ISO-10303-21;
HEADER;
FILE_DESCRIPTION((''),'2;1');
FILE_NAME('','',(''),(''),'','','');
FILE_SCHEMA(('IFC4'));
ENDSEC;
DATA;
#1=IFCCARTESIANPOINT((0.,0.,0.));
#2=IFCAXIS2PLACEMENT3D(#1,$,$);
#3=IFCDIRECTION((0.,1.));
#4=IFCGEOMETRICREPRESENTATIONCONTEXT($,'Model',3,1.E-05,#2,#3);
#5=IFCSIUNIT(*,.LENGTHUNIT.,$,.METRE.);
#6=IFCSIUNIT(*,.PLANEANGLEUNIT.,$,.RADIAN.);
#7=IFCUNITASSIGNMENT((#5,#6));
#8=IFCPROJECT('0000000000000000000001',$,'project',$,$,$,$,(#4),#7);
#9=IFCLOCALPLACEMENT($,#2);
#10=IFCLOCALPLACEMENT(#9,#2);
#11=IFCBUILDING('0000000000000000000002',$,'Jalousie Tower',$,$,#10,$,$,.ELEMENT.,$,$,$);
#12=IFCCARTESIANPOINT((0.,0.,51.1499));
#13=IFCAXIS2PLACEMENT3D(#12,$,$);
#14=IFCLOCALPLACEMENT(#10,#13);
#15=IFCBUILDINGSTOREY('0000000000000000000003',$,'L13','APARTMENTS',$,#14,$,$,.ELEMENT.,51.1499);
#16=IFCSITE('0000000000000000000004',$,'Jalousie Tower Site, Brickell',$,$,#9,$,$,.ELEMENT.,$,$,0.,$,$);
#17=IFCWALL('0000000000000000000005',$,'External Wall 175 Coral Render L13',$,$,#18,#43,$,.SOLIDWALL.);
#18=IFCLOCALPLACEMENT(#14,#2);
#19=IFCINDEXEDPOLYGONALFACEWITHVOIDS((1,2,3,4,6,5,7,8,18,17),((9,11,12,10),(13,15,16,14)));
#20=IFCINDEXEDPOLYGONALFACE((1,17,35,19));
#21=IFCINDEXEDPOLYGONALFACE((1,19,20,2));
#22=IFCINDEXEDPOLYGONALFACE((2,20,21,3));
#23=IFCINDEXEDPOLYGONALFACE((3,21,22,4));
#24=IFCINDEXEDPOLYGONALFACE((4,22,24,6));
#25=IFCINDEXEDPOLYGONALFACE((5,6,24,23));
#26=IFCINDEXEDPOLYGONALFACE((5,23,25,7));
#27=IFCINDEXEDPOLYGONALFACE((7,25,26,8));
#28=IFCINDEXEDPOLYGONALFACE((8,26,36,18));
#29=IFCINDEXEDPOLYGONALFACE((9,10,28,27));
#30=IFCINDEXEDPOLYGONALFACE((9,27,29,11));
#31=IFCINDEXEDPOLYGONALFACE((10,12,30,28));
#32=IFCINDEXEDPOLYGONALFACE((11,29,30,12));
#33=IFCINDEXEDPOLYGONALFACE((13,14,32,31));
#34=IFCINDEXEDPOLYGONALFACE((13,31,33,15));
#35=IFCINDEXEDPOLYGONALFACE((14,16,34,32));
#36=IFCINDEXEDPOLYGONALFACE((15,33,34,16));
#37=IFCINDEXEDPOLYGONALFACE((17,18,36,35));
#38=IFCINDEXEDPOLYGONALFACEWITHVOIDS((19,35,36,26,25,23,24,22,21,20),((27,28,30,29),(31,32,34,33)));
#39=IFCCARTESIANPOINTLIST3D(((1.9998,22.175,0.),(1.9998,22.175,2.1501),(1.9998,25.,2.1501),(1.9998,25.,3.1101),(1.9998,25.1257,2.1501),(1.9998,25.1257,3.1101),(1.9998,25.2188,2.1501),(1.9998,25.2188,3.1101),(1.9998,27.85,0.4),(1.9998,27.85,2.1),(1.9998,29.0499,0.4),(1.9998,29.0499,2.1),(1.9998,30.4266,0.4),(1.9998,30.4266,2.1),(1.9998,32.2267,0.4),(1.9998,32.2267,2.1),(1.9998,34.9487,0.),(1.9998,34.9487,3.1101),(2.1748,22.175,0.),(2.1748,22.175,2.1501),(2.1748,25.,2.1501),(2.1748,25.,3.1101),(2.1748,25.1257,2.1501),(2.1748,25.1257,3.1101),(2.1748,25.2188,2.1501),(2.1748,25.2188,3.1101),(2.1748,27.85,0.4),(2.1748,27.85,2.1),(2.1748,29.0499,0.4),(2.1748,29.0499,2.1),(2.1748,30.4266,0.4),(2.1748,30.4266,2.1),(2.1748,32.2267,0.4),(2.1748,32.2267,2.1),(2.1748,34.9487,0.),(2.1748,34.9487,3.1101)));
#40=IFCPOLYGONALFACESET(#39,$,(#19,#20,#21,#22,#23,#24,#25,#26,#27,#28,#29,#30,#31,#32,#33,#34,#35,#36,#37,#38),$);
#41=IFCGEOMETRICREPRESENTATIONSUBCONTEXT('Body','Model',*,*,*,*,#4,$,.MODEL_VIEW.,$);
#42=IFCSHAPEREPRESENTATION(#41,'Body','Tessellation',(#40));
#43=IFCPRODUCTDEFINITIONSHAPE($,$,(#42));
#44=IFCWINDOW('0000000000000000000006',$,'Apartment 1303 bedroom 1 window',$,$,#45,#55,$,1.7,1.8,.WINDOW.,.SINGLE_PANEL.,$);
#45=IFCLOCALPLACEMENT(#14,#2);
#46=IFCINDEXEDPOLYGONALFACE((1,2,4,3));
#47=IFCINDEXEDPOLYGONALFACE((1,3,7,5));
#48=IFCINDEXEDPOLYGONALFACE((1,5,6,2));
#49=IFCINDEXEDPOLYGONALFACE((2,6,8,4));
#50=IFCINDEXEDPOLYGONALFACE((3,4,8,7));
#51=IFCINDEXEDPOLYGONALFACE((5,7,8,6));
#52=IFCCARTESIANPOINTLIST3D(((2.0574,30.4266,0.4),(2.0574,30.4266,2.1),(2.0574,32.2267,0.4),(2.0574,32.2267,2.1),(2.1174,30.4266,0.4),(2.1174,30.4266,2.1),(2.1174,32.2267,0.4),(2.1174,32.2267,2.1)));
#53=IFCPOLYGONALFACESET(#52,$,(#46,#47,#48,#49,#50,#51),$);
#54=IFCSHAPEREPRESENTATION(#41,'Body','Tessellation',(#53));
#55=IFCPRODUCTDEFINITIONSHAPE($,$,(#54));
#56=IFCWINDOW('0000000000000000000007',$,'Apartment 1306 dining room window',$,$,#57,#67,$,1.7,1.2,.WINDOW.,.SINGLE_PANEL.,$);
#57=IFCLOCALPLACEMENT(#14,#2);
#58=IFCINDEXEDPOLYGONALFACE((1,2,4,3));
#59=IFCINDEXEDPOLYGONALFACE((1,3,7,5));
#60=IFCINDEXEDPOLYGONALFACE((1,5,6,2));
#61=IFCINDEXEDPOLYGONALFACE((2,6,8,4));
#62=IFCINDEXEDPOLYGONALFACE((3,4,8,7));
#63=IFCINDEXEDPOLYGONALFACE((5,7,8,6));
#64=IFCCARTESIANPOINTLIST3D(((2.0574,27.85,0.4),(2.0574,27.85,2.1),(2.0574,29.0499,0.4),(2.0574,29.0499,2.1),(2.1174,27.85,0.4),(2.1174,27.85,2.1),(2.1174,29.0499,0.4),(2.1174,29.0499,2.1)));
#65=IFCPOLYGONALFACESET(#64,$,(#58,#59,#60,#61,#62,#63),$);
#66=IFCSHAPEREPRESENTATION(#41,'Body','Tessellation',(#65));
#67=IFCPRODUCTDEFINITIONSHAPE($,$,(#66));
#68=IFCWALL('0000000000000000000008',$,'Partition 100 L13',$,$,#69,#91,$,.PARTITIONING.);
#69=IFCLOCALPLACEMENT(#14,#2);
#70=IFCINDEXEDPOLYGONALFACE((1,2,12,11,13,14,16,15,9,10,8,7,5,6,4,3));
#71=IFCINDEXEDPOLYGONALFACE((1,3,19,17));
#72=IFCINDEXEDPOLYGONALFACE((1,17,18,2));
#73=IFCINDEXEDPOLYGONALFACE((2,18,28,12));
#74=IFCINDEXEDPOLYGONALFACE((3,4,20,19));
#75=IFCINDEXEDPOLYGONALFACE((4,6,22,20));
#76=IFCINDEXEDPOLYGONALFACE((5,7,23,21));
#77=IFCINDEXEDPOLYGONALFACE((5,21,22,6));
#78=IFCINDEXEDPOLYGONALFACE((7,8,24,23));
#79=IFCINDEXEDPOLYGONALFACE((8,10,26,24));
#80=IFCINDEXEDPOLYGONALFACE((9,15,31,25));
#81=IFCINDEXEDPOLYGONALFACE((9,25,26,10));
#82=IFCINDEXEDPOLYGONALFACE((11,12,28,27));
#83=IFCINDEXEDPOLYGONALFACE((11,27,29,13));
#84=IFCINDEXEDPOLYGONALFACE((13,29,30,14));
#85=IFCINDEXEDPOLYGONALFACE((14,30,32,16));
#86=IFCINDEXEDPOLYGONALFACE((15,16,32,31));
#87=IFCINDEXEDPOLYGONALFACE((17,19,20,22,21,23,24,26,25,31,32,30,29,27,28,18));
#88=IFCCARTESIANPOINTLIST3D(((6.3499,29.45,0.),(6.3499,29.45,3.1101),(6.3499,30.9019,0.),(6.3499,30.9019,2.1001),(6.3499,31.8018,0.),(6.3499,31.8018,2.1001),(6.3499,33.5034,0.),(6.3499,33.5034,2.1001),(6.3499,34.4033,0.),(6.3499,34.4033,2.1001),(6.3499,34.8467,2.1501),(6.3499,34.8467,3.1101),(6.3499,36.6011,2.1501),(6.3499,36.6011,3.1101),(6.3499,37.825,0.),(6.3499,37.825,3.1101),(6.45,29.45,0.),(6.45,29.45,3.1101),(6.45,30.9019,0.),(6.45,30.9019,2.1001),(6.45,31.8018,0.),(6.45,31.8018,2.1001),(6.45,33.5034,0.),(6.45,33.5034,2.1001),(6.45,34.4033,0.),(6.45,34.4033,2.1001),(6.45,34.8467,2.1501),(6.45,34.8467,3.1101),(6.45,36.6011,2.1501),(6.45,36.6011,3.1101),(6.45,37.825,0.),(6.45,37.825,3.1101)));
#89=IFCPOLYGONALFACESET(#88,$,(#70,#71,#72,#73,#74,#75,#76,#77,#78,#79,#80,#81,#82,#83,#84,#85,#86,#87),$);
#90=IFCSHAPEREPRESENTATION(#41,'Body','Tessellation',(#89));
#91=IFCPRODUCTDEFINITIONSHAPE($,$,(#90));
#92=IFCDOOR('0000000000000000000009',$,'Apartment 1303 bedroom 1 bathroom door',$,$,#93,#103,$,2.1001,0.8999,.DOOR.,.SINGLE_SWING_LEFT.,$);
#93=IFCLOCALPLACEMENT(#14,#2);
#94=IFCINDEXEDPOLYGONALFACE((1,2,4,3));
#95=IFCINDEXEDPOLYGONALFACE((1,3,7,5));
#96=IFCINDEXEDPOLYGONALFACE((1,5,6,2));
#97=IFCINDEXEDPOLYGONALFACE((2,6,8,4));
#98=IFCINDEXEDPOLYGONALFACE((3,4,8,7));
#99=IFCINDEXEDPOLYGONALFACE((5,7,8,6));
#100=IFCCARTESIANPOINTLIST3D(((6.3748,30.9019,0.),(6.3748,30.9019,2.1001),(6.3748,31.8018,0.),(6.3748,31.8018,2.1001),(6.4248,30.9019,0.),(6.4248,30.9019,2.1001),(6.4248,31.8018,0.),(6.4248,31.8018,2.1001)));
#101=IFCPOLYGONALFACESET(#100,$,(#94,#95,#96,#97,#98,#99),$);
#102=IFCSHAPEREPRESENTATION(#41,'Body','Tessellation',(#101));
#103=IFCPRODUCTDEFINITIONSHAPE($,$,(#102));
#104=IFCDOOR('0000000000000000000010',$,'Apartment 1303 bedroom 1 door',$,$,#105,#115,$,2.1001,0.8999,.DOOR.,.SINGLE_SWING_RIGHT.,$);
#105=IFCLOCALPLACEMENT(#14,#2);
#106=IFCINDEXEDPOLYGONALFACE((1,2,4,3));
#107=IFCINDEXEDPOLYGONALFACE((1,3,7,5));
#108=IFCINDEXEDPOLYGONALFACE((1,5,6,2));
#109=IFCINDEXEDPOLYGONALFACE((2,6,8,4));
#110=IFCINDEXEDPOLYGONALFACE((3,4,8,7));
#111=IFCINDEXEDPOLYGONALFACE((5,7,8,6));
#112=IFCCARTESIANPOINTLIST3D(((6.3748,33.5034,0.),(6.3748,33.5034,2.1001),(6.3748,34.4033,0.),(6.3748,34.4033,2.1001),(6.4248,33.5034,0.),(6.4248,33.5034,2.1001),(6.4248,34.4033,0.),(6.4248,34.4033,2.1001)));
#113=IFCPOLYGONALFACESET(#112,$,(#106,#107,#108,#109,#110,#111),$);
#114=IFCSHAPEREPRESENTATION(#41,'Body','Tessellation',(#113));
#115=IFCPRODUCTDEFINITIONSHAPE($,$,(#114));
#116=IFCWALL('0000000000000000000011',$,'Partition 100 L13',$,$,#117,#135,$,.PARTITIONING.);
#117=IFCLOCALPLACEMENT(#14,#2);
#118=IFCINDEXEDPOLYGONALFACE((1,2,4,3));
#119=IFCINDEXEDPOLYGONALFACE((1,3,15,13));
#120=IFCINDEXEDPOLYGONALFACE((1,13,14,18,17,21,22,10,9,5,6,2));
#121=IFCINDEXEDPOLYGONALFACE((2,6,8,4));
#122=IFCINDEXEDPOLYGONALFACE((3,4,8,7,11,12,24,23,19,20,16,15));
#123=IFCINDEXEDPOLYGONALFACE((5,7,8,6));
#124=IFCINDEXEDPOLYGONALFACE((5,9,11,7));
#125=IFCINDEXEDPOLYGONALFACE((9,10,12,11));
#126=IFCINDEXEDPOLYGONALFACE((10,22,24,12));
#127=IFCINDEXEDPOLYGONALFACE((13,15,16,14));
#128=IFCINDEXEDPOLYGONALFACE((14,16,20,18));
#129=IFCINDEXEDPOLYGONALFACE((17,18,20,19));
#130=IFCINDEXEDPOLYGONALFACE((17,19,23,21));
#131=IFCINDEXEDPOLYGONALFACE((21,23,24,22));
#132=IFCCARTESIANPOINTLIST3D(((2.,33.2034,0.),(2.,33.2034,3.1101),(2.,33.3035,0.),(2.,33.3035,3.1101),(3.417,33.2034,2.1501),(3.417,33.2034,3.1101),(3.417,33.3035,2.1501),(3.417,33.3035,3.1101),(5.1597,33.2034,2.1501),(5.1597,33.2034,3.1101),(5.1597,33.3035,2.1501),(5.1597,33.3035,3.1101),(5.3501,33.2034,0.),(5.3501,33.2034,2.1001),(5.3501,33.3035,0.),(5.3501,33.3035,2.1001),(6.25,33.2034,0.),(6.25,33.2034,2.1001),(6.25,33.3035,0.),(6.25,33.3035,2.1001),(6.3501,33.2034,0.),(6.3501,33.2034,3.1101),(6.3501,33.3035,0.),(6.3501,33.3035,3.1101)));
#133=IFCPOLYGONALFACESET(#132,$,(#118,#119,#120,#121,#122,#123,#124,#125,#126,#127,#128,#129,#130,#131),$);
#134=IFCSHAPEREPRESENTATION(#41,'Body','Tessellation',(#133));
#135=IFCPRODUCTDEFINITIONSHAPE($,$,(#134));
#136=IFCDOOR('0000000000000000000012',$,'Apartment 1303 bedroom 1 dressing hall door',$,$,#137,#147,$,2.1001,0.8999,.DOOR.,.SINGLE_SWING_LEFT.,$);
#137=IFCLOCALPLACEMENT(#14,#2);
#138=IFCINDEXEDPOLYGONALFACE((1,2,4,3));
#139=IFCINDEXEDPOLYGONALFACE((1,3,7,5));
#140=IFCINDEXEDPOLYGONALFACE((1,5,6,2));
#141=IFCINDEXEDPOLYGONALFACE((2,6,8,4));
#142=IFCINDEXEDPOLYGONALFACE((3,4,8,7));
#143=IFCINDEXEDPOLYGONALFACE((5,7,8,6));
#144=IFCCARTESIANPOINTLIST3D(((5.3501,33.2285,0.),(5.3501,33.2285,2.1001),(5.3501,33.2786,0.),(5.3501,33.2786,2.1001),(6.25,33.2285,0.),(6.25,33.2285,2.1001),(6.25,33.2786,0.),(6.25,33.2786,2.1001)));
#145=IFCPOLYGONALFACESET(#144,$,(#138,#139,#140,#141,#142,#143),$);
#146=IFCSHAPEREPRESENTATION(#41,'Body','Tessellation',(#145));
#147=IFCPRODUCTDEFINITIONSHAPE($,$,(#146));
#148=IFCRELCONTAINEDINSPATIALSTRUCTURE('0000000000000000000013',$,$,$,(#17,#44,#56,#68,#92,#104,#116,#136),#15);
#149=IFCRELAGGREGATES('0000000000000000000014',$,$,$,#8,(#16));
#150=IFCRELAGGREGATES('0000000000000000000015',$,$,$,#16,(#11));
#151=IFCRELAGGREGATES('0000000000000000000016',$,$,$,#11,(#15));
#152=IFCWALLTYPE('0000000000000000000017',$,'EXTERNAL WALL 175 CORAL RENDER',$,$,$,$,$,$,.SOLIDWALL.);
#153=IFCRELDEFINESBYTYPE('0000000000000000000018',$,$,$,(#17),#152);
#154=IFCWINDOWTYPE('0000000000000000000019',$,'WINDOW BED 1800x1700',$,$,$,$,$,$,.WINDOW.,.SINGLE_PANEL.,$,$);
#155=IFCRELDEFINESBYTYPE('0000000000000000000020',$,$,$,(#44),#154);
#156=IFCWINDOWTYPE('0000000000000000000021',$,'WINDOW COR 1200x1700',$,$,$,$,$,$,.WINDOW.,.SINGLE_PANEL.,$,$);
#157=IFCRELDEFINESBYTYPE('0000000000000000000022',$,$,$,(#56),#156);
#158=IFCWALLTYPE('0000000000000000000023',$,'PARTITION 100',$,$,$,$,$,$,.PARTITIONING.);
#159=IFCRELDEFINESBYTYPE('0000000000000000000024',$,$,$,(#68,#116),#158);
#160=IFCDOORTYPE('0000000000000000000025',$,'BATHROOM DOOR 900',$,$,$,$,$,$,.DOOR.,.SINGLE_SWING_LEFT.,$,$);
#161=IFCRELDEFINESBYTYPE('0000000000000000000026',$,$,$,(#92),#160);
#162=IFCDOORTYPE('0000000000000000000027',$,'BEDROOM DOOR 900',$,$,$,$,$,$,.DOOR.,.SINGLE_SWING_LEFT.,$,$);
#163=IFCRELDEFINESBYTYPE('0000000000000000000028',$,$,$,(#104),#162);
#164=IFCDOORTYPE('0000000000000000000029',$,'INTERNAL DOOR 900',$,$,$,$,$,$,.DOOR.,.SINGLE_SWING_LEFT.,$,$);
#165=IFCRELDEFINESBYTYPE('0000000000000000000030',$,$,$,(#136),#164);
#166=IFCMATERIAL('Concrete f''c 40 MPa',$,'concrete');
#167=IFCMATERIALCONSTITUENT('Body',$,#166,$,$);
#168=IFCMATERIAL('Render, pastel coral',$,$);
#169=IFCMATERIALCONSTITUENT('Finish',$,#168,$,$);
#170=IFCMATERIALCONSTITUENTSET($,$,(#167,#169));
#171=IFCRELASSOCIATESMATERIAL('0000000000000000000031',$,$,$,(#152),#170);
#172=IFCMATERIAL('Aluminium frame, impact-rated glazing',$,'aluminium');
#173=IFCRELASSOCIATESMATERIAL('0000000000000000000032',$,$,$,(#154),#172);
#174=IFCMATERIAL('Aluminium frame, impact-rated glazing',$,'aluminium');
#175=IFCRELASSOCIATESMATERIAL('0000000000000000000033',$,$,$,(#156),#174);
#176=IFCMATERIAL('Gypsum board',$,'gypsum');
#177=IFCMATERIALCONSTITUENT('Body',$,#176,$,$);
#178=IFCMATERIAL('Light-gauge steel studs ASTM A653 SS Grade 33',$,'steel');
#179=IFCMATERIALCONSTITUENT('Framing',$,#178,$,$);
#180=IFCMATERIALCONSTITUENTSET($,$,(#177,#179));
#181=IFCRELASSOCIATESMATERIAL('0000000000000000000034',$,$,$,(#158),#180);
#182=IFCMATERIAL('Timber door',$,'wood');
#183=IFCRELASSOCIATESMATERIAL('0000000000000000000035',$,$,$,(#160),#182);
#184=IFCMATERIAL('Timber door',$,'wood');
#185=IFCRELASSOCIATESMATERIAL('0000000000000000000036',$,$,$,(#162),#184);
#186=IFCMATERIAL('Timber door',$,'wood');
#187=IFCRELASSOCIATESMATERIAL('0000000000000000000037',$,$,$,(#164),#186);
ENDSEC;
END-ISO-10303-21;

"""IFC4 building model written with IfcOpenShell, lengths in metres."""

from ifc_helpers import new_model, si_unit, direction, frame, frame_2d, origin, place, context, subcontext, project, spatial, polyline, rectangle, outline, extrude, material, constituent, constituent_set, type_object, element, fill, save


model = new_model("IFC4")

# Units and contexts
model_context = context("Model", 3, precision=1e-05, world=origin(), true_north=direction((0.0, 1.0)))
body_context = subcontext(model_context, "Body", "Model", "MODEL_VIEW")
ifc_project = project(units=[si_unit("LENGTHUNIT", "METRE"), si_unit("PLANEANGLEUNIT", "RADIAN")], contexts=[model_context])

# Site, building, storey
site_placement = place(None, origin())
site = spatial("IfcSite", under=ifc_project, at=site_placement, Name="Jalousie Tower Site, Brickell", CompositionType="ELEMENT", RefElevation=0.0)
building_placement = place(site_placement, origin())
building = spatial("IfcBuilding", under=site, at=building_placement, Name="Jalousie Tower", CompositionType="ELEMENT")
storey_placement = place(building_placement, frame((0.0, 0.0, 51.1499)))
storey = spatial("IfcBuildingStorey", under=building, at=storey_placement, Name="L13", Description="APARTMENTS", CompositionType="ELEMENT", Elevation=51.1499)

# Wall, openings, windows
ifc_material_1 = material(Name="Concrete f'c 40 MPa", Category="concrete")
ifc_constituent_1 = constituent(ifc_material_1, Name="Body")
ifc_material_2 = material(Name="Render, pastel coral")
ifc_constituent_2 = constituent(ifc_material_2, Name="Finish")
ifc_constituent_set_1 = constituent_set(constituents=[ifc_constituent_1, ifc_constituent_2])
wall_type_1 = type_object("IfcWallType", Name="EXTERNAL WALL 175 CORAL RENDER", PredefinedType="SOLIDWALL", material=ifc_constituent_set_1)
wall_1_placement = place(storey_placement, frame((2.0874, 34.9487, 0.0), z_axis=(0.0, 0.0, 1.0), x_axis=(0.0, -1.0, 0.0)))
wall_1 = element("IfcWall", 1, at=wall_1_placement, inside=storey, type_object=wall_type_1, Name="External Wall 175 Coral Render L13", PredefinedType="SOLIDWALL", context=body_context, shape_type="SweptSolid", body=[
    extrude(outline(polyline([(0.0, 0.0), (12.7737, 0.0), (12.7737, 2.1501), (9.9487, 2.1501), (9.9487, 3.1101), (9.823, 3.1101), (9.823, 2.1501), (9.73, 2.1501), (9.73, 3.1101), (0.0, 3.1101), (0.0, 0.0)])), frame((0.0, 0.0874, 0.0), z_axis=(0.0, -1.0, 0.0), x_axis=(1.0, 0.0, 0.0)), (0.0, 0.0, 1.0), 0.175),
])
opening_1_placement = place(wall_1_placement, frame((2.7222, 0.0, 0.3999)))
opening_1 = element("IfcOpeningElement", 2, at=opening_1_placement, cuts=wall_1, PredefinedType="OPENING", context=body_context, shape_type="SweptSolid", body=[
    extrude(rectangle(XDim=1.8, YDim=1.7, at=frame_2d((0.8999, 0.8501))), frame((0.0, 0.0974, 0.0), z_axis=(0.0, -1.0, 0.0), x_axis=(1.0, 0.0, 0.0)), (0.0, 0.0, 1.0), 0.1951),
])
opening_2_placement = place(wall_1_placement, frame((5.8987, 0.0, 0.3999)))
opening_2 = element("IfcOpeningElement", 3, at=opening_2_placement, cuts=wall_1, PredefinedType="OPENING", context=body_context, shape_type="SweptSolid", body=[
    extrude(rectangle(XDim=1.2, YDim=1.7, at=frame_2d((0.6001, 0.8501))), frame((0.0, 0.0974, 0.0), z_axis=(0.0, -1.0, 0.0), x_axis=(1.0, 0.0, 0.0)), (0.0, 0.0, 1.0), 0.1951),
])
ifc_material_3 = material(Name="Aluminium frame, impact-rated glazing", Category="aluminium")
window_type_1 = type_object("IfcWindowType", Name="WINDOW BED 1800x1700", PartitioningType="SINGLE_PANEL", PredefinedType="WINDOW", material=ifc_material_3)
window_1_placement = place(opening_1_placement, origin())
window_1 = element("IfcWindow", 4, at=window_1_placement, inside=storey, type_object=window_type_1, Name="Apartment 1303 bedroom 1 window", OverallHeight=1.7, OverallWidth=1.8, PartitioningType="SINGLE_PANEL", PredefinedType="WINDOW", context=body_context, shape_type="SweptSolid", body=[
    extrude(rectangle(XDim=1.8, YDim=1.7, at=frame_2d((0.8999, 0.8501))), frame((0.0, 0.03, 0.0), z_axis=(0.0, -1.0, 0.0), x_axis=(1.0, 0.0, 0.0)), (0.0, 0.0, 1.0), 0.0601),
])
fill(opening_1, window_1)
ifc_material_4 = material(Name="Aluminium frame, impact-rated glazing", Category="aluminium")
window_type_2 = type_object("IfcWindowType", Name="WINDOW COR 1200x1700", PartitioningType="SINGLE_PANEL", PredefinedType="WINDOW", material=ifc_material_4)
window_2_placement = place(opening_2_placement, origin())
window_2 = element("IfcWindow", 5, at=window_2_placement, inside=storey, type_object=window_type_2, Name="Apartment 1306 dining room window", OverallHeight=1.7, OverallWidth=1.2, PartitioningType="SINGLE_PANEL", PredefinedType="WINDOW", context=body_context, shape_type="SweptSolid", body=[
    extrude(rectangle(XDim=1.2, YDim=1.7, at=frame_2d((0.6001, 0.8501))), frame((0.0, 0.03, 0.0), z_axis=(0.0, -1.0, 0.0), x_axis=(1.0, 0.0, 0.0)), (0.0, 0.0, 1.0), 0.0601),
])
fill(opening_2, window_2)

# Wall, openings, doors
ifc_material_5 = material(Name="Gypsum board", Category="gypsum")
ifc_constituent_3 = constituent(ifc_material_5, Name="Body")
ifc_material_6 = material(Name="Light-gauge steel studs ASTM A653 SS Grade 33", Category="steel")
ifc_constituent_4 = constituent(ifc_material_6, Name="Framing")
ifc_constituent_set_2 = constituent_set(constituents=[ifc_constituent_3, ifc_constituent_4])
wall_type_2 = type_object("IfcWallType", Name="PARTITION 100", PredefinedType="PARTITIONING", material=ifc_constituent_set_2)
wall_2_placement = place(storey_placement, frame((6.3999, 37.825, 0.0), z_axis=(0.0, 0.0, 1.0), x_axis=(0.0, -1.0, 0.0)))
wall_2 = element("IfcWall", 6, at=wall_2_placement, inside=storey, type_object=wall_type_2, Name="Partition 100 L13", PredefinedType="PARTITIONING", context=body_context, shape_type="SweptSolid", body=[
    extrude(outline(polyline([(0.0, 0.0), (8.375, 0.0), (8.375, 3.1101), (2.9783, 3.1101), (2.9783, 2.1501), (1.2239, 2.1501), (1.2239, 3.1101), (0.0, 3.1101), (0.0, 0.0)])), frame((0.0, 0.05, 0.0), z_axis=(0.0, -1.0, 0.0), x_axis=(1.0, 0.0, 0.0)), (0.0, 0.0, 1.0), 0.1001),
])
opening_3_placement = place(wall_2_placement, frame((3.4216, 0.0, 0.0)))
opening_3 = element("IfcOpeningElement", 7, at=opening_3_placement, cuts=wall_2, PredefinedType="OPENING", context=body_context, shape_type="SweptSolid", body=[
    extrude(rectangle(XDim=0.8999, YDim=2.1001, at=frame_2d((0.45, 1.05))), frame((0.0, 0.0601, 0.0), z_axis=(0.0, -1.0, 0.0), x_axis=(1.0, 0.0, 0.0)), (0.0, 0.0, 1.0), 0.1201),
])
opening_4_placement = place(wall_2_placement, frame((6.0232, 0.0, 0.0)))
opening_4 = element("IfcOpeningElement", 8, at=opening_4_placement, cuts=wall_2, PredefinedType="OPENING", context=body_context, shape_type="SweptSolid", body=[
    extrude(rectangle(XDim=0.8999, YDim=2.1001, at=frame_2d((0.45, 1.05))), frame((0.0, 0.0601, 0.0), z_axis=(0.0, -1.0, 0.0), x_axis=(1.0, 0.0, 0.0)), (0.0, 0.0, 1.0), 0.1201),
])
ifc_material_7 = material(Name="Timber door", Category="wood")
door_type_1 = type_object("IfcDoorType", Name="BATHROOM DOOR 900", OperationType="SINGLE_SWING_LEFT", PredefinedType="DOOR", material=ifc_material_7)
door_1_placement = place(opening_4_placement, origin())
door_1 = element("IfcDoor", 9, at=door_1_placement, inside=storey, type_object=door_type_1, Name="Apartment 1303 bedroom 1 bathroom door", OperationType="SINGLE_SWING_LEFT", OverallHeight=2.1001, OverallWidth=0.8999, PredefinedType="DOOR", context=body_context, shape_type="SweptSolid", body=[
    extrude(rectangle(XDim=0.8999, YDim=2.1001, at=frame_2d((0.45, 1.05))), frame((0.0, 0.0249, 0.0), z_axis=(0.0, -1.0, 0.0), x_axis=(1.0, 0.0, 0.0)), (0.0, 0.0, 1.0), 0.05),
])
fill(opening_4, door_1)
ifc_material_8 = material(Name="Timber door", Category="wood")
door_type_2 = type_object("IfcDoorType", Name="BEDROOM DOOR 900", OperationType="SINGLE_SWING_LEFT", PredefinedType="DOOR", material=ifc_material_8)
door_2_placement = place(opening_3_placement, origin())
door_2 = element("IfcDoor", 10, at=door_2_placement, inside=storey, type_object=door_type_2, Name="Apartment 1303 bedroom 1 door", OperationType="SINGLE_SWING_RIGHT", OverallHeight=2.1001, OverallWidth=0.8999, PredefinedType="DOOR", context=body_context, shape_type="SweptSolid", body=[
    extrude(rectangle(XDim=0.8999, YDim=2.1001, at=frame_2d((0.45, 1.05))), frame((0.0, 0.0249, 0.0), z_axis=(0.0, -1.0, 0.0), x_axis=(1.0, 0.0, 0.0)), (0.0, 0.0, 1.0), 0.05),
])
fill(opening_3, door_2)

# Wall, opening, door
wall_3_placement = place(storey_placement, frame((2.0, 33.2534, 0.0), z_axis=(0.0, 0.0, 1.0), x_axis=(1.0, 0.0, 0.0)))
wall_3 = element("IfcWall", 11, at=wall_3_placement, inside=storey, type_object=wall_type_2, Name="Partition 100 L13", PredefinedType="PARTITIONING", context=body_context, shape_type="SweptSolid", body=[
    extrude(outline(polyline([(0.0, 0.0), (4.3501, 0.0), (4.3501, 3.1101), (3.1597, 3.1101), (3.1597, 2.1501), (1.417, 2.1501), (1.417, 3.1101), (0.0, 3.1101), (0.0, 0.0)])), frame((0.0, 0.05, 0.0), z_axis=(0.0, -1.0, 0.0), x_axis=(1.0, 0.0, 0.0)), (0.0, 0.0, 1.0), 0.1001),
])
opening_5_placement = place(wall_3_placement, frame((3.3501, 0.0, 0.0)))
opening_5 = element("IfcOpeningElement", 12, at=opening_5_placement, cuts=wall_3, PredefinedType="OPENING", context=body_context, shape_type="SweptSolid", body=[
    extrude(rectangle(XDim=0.8999, YDim=2.1001, at=frame_2d((0.45, 1.05))), frame((0.0, 0.0601, 0.0), z_axis=(0.0, -1.0, 0.0), x_axis=(1.0, 0.0, 0.0)), (0.0, 0.0, 1.0), 0.1201),
])
ifc_material_9 = material(Name="Timber door", Category="wood")
door_type_3 = type_object("IfcDoorType", Name="INTERNAL DOOR 900", OperationType="SINGLE_SWING_LEFT", PredefinedType="DOOR", material=ifc_material_9)
door_3_placement = place(opening_5_placement, frame((0.8999, 0.0, 0.0), z_axis=(0.0, 0.0, 1.0), x_axis=(-1.0, 0.0, 0.0)))
door_3 = element("IfcDoor", 13, at=door_3_placement, inside=storey, type_object=door_type_3, Name="Apartment 1303 bedroom 1 dressing hall door", OperationType="SINGLE_SWING_LEFT", OverallHeight=2.1001, OverallWidth=0.8999, PredefinedType="DOOR", context=body_context, shape_type="SweptSolid", body=[
    extrude(rectangle(XDim=0.8999, YDim=2.1001, at=frame_2d((0.45, 1.05))), frame((0.0, 0.0249, 0.0), z_axis=(0.0, -1.0, 0.0), x_axis=(1.0, 0.0, 0.0)), (0.0, 0.0, 1.0), 0.05),
])
fill(opening_5, door_3)

save(model, "model.ifc")
